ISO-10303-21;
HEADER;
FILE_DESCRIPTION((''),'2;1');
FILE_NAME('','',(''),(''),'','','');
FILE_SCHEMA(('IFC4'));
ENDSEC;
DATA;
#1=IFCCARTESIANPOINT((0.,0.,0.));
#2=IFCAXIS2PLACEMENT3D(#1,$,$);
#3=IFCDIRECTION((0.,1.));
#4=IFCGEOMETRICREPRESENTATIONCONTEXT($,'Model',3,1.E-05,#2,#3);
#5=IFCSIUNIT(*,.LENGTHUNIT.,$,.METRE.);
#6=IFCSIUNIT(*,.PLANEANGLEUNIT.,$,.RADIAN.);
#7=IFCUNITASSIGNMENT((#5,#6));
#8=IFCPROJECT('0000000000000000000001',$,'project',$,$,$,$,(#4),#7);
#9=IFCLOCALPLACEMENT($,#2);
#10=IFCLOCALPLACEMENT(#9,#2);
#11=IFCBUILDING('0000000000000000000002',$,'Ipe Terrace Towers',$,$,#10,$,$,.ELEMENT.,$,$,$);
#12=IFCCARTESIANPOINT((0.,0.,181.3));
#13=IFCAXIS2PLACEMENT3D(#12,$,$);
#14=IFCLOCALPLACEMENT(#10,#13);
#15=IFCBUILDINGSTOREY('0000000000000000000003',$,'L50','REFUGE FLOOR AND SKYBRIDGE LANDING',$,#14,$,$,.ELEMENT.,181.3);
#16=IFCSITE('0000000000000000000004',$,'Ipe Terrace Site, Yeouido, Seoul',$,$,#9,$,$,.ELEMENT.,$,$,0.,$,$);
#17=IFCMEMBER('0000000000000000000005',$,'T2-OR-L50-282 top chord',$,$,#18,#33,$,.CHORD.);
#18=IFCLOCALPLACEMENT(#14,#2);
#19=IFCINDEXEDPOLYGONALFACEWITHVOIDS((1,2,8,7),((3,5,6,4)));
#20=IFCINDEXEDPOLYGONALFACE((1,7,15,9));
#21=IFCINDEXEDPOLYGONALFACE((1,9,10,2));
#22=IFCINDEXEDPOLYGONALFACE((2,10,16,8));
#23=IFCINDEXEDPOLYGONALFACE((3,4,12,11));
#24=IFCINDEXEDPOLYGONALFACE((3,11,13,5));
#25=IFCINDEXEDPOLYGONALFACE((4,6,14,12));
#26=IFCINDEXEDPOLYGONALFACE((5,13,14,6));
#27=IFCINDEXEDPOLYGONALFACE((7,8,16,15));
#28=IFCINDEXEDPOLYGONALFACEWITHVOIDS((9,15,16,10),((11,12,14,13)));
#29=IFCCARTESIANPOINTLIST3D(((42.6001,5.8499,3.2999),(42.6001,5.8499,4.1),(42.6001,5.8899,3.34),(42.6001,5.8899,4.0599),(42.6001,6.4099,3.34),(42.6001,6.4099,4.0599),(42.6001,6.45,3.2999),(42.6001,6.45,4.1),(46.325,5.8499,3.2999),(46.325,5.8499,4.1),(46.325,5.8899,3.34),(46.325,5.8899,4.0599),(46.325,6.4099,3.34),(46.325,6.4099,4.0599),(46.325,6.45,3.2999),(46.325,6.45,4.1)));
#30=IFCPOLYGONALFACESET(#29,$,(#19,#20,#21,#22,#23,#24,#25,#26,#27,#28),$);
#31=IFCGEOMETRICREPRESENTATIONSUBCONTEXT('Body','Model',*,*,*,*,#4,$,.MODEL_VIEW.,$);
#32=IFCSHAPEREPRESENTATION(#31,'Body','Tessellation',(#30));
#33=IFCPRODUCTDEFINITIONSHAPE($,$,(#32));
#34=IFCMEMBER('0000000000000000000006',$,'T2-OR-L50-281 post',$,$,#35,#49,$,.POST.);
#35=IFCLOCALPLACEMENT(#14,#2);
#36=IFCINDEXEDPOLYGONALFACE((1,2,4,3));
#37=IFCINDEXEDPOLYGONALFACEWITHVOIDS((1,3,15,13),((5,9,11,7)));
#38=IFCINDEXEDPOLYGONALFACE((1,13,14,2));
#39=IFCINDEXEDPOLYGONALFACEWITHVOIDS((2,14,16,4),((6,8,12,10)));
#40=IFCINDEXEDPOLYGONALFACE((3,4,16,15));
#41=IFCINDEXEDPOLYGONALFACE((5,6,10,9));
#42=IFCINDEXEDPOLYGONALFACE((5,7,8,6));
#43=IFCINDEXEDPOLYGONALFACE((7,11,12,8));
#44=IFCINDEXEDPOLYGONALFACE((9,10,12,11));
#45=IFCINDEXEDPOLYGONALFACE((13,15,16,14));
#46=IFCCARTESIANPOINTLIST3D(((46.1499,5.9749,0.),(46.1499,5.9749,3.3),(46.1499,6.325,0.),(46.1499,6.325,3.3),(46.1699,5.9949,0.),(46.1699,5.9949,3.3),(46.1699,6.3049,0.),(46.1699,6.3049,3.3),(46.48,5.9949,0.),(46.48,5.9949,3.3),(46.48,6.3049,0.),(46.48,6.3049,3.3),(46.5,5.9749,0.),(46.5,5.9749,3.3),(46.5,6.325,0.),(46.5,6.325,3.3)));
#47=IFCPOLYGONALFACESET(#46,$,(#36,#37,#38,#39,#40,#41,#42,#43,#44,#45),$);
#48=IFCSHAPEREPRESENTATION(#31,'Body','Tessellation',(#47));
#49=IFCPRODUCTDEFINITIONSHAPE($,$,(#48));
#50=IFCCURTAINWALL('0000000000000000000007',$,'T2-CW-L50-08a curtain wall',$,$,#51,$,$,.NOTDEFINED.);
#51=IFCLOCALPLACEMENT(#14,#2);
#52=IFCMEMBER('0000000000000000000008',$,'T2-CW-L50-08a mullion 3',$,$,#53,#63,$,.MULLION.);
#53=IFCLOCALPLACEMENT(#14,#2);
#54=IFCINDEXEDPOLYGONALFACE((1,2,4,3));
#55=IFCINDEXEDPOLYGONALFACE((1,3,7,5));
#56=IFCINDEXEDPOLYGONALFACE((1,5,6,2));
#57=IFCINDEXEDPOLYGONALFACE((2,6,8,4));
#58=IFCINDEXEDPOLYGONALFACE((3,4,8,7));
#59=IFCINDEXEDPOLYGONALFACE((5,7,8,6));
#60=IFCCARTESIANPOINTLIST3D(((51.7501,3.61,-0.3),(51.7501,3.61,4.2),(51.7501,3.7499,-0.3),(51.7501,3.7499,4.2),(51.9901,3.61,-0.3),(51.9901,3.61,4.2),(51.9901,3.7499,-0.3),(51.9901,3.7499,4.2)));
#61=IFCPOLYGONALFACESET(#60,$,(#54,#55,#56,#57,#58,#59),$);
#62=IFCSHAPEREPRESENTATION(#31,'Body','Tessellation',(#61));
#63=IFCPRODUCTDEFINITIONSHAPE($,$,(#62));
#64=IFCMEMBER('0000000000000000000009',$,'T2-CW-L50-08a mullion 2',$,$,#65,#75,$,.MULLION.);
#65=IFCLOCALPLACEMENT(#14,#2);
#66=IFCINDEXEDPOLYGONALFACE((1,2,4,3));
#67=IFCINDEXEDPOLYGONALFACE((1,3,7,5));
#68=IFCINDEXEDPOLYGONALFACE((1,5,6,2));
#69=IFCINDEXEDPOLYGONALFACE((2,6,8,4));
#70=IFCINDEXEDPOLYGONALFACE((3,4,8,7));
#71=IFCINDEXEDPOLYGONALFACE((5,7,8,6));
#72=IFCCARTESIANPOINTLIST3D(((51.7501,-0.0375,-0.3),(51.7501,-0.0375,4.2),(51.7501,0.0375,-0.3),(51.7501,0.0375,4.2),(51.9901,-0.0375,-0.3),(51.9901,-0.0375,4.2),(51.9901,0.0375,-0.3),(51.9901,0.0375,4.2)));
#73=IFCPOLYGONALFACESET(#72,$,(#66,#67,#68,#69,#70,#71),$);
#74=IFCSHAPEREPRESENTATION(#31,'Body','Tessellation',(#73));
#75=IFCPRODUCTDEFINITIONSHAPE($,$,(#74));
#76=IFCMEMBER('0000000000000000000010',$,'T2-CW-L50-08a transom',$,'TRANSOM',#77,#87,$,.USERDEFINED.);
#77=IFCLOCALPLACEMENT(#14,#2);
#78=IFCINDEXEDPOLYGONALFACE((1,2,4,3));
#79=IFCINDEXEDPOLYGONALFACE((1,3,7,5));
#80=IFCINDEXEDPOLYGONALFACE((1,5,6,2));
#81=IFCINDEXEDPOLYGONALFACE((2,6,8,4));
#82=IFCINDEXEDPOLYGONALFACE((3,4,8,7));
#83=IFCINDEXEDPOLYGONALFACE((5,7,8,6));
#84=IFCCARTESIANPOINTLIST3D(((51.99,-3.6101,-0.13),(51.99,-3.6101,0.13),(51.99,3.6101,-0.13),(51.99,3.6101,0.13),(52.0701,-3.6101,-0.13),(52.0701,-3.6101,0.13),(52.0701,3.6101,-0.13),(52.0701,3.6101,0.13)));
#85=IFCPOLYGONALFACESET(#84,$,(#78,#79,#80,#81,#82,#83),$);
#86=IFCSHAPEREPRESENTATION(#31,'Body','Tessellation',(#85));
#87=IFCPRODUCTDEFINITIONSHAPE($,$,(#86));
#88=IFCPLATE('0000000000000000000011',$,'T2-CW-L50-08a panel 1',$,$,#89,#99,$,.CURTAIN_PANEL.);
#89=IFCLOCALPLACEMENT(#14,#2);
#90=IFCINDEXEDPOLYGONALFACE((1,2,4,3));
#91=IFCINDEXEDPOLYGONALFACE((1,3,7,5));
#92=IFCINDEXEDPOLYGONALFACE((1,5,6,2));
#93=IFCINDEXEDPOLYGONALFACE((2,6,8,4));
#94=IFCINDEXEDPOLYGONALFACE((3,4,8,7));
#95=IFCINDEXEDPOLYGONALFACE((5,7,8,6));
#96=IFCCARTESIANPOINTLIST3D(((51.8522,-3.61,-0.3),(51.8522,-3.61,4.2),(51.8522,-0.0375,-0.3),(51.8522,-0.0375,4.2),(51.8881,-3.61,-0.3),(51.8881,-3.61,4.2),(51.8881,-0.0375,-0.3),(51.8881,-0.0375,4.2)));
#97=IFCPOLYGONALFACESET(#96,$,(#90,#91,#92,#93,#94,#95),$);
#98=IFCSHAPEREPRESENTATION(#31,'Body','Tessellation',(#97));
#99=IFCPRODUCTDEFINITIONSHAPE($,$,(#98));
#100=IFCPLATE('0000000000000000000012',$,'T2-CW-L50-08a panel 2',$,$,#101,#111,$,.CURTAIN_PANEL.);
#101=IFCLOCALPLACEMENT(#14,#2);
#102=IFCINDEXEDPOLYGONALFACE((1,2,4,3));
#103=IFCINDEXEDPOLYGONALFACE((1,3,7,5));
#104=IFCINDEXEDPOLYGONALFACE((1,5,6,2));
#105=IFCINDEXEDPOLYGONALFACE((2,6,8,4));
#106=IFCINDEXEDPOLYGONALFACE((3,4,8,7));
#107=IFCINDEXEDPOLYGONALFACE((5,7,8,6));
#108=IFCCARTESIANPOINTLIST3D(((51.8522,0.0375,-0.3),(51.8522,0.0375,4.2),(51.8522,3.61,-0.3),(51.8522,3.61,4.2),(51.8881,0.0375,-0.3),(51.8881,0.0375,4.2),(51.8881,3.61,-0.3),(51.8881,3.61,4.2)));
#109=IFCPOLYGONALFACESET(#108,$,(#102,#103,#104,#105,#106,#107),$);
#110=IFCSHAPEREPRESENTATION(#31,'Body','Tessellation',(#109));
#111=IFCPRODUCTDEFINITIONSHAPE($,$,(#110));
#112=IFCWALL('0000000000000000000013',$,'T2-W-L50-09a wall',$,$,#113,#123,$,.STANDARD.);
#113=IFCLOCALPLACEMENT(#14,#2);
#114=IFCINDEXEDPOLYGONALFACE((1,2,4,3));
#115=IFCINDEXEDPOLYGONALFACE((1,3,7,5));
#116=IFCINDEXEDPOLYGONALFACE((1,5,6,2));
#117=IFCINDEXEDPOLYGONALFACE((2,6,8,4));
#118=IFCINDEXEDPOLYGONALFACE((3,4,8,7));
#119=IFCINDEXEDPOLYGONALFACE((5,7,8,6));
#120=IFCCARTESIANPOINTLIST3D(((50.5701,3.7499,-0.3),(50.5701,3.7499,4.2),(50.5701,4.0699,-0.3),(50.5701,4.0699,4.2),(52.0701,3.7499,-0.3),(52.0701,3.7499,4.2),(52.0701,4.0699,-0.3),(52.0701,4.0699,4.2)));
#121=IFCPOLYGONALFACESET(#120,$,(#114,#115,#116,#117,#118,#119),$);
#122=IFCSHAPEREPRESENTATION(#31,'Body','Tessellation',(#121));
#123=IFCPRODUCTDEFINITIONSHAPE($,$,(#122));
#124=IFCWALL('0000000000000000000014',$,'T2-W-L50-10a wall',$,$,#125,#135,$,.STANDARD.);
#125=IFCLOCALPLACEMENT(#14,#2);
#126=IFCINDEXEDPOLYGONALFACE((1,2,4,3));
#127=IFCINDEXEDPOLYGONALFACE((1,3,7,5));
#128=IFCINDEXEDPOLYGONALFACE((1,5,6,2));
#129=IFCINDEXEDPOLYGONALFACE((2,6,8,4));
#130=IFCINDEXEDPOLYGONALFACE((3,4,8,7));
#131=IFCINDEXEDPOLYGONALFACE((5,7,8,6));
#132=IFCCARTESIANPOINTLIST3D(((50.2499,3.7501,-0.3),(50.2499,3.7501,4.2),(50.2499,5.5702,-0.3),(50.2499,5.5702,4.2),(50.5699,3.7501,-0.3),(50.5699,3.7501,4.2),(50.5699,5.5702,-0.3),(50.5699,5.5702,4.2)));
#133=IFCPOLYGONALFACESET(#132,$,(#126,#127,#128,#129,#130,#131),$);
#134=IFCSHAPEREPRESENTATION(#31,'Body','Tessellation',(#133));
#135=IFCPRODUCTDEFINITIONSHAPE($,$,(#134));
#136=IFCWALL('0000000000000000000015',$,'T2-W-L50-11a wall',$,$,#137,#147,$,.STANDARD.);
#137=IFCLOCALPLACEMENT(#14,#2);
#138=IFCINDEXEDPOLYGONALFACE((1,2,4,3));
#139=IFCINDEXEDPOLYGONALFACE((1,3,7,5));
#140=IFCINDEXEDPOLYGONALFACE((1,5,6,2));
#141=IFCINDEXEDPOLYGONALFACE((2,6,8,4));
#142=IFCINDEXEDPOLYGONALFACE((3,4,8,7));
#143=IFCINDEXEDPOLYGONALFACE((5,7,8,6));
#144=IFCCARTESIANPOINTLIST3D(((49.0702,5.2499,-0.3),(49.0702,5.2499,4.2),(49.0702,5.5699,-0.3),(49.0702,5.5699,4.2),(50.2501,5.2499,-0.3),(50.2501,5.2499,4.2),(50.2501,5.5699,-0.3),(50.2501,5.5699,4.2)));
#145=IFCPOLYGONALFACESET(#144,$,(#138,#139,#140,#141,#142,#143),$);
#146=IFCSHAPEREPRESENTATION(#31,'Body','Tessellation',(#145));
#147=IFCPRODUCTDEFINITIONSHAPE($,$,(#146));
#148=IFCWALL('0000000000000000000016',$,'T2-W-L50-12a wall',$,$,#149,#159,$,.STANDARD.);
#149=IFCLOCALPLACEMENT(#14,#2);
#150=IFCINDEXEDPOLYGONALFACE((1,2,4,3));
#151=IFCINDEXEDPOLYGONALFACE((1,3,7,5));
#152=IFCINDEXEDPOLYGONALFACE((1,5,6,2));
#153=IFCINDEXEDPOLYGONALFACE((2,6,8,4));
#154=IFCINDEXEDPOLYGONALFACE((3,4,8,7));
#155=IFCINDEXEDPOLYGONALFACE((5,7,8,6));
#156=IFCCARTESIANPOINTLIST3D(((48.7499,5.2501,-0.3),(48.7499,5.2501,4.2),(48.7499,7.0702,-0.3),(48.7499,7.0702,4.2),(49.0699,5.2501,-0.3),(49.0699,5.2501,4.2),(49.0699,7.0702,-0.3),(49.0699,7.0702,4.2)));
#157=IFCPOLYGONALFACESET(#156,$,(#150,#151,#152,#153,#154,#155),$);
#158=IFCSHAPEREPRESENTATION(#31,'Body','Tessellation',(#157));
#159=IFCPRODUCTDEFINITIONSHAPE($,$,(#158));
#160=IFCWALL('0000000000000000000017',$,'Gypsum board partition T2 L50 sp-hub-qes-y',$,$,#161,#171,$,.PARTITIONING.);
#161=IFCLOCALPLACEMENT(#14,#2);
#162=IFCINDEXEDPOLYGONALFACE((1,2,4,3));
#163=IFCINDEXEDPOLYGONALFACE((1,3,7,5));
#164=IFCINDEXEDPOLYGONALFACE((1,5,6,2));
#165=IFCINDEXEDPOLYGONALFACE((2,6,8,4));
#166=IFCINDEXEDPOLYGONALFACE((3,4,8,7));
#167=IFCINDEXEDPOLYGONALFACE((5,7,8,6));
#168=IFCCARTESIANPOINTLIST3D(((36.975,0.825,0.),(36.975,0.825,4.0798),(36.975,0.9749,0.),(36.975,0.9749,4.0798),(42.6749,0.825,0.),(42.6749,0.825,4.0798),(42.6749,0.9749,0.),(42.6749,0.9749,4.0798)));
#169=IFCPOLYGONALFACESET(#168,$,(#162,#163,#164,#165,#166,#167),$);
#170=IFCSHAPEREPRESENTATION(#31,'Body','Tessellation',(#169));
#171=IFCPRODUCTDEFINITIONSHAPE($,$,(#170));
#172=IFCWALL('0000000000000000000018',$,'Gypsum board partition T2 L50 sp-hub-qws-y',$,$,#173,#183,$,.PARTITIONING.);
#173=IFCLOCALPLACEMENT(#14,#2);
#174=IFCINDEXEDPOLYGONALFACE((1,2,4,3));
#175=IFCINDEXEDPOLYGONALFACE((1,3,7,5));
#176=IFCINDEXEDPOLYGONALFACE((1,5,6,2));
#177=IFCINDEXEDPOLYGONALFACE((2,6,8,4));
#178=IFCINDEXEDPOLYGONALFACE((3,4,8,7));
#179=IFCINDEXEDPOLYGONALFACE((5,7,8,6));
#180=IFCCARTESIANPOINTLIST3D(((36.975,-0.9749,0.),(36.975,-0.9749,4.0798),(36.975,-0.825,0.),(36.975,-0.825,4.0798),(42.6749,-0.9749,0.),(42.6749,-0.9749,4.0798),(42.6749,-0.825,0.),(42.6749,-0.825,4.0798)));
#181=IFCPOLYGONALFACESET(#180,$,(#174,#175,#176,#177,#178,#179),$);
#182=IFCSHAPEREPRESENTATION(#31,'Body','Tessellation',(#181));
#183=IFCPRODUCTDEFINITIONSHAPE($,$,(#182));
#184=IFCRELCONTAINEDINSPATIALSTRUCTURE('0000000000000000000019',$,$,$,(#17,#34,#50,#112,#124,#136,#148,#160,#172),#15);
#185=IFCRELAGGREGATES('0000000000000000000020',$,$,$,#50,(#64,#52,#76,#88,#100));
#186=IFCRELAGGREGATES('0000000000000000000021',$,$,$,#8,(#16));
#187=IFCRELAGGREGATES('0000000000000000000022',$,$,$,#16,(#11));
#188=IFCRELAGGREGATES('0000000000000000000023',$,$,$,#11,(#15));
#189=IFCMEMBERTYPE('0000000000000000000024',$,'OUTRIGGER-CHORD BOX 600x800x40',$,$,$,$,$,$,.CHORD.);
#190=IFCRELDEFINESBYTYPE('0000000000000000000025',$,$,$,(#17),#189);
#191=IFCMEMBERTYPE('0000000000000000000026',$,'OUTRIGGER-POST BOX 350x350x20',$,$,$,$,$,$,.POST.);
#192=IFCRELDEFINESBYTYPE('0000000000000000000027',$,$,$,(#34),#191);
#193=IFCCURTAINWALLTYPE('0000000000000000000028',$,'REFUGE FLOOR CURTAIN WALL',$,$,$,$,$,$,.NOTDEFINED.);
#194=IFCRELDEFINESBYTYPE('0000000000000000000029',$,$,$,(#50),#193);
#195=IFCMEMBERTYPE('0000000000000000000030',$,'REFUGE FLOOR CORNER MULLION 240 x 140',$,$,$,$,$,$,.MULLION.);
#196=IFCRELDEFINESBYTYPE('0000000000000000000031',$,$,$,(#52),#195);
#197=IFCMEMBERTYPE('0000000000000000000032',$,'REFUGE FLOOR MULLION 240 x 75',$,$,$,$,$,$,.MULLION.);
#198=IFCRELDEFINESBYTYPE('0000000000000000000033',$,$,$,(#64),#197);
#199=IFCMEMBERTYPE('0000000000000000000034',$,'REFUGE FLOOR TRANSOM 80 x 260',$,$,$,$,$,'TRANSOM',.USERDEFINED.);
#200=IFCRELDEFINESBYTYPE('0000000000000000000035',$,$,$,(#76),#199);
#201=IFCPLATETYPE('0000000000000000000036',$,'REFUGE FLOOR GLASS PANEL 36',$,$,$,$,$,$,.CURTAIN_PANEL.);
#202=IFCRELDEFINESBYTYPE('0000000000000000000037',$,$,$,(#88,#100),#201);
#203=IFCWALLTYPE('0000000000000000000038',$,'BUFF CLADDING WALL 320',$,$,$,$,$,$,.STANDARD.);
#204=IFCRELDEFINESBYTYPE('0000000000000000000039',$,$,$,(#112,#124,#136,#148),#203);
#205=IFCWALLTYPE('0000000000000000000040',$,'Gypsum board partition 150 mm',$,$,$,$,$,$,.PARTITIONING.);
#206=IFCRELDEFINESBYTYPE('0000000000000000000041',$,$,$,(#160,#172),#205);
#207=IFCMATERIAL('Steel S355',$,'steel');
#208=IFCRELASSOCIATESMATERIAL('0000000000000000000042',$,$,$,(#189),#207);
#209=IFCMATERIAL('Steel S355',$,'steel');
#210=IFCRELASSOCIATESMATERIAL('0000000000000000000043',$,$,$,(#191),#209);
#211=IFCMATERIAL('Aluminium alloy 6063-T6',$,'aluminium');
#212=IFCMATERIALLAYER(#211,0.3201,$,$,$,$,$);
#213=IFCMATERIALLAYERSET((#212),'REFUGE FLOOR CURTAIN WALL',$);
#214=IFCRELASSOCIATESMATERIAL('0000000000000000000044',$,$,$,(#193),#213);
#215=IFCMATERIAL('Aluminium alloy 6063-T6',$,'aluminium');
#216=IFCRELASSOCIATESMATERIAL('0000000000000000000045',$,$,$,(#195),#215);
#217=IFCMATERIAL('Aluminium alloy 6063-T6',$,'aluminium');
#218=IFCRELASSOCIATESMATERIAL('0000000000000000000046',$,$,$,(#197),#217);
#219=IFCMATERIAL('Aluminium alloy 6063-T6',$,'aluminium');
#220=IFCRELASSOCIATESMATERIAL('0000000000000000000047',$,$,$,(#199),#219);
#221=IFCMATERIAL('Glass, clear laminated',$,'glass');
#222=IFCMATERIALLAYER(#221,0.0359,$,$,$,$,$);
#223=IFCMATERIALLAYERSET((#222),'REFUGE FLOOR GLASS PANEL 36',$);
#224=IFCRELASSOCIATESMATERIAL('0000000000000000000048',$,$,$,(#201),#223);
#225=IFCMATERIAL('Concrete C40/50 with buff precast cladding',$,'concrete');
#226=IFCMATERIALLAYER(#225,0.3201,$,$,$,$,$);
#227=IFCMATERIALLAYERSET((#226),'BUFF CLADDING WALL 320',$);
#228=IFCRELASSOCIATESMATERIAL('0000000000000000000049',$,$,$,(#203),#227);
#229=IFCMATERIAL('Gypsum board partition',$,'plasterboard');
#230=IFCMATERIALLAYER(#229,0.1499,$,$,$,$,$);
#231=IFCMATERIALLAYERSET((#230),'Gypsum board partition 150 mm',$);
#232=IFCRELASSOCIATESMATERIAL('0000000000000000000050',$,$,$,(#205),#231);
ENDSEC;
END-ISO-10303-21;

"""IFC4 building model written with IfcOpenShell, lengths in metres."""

from ifc_helpers import new_model, si_unit, direction, frame, frame_2d, origin, origin_2d, place, context, subcontext, project, spatial, rectangle, hollow_rectangle, extrude, material, layer, layer_set, material_profile, profile_set, type_object, element, aggregate, save


model = new_model("IFC4")

# Units and contexts
model_context = context("Model", 3, precision=1e-05, world=origin(), true_north=direction((0.0, 1.0)))
body_context = subcontext(model_context, "Body", "Model", "MODEL_VIEW")
ifc_project = project(units=[si_unit("LENGTHUNIT", "METRE"), si_unit("PLANEANGLEUNIT", "RADIAN")], contexts=[model_context])

# Site, building, storey
site_placement = place(None, origin())
site = spatial("IfcSite", under=ifc_project, at=site_placement, Name="Ipe Terrace Site, Yeouido, Seoul", CompositionType="ELEMENT", RefElevation=0.0)
building_placement = place(site_placement, origin())
building = spatial("IfcBuilding", under=site, at=building_placement, Name="Ipe Terrace Towers", CompositionType="ELEMENT")
storey_placement = place(building_placement, frame((0.0, 0.0, 181.3)))
storey = spatial("IfcBuildingStorey", under=building, at=storey_placement, Name="L50", Description="REFUGE FLOOR AND SKYBRIDGE LANDING", CompositionType="ELEMENT", Elevation=181.3)

# Members
ifc_material_1 = material(Name="Steel S355", Category="steel")
ifc_material_profile_1 = material_profile(ifc_material_1, hollow_rectangle(XDim=0.6001, YDim=0.8, WallThickness=0.04, at=origin_2d()), Name="OUTRIGGER-CHORD BOX 600x800x40")
ifc_profile_set_1 = profile_set([ifc_material_profile_1], Name="Steel S355")
member_type_1 = type_object("IfcMemberType", Name="OUTRIGGER-CHORD BOX 600x800x40", PredefinedType="CHORD", material=ifc_profile_set_1)
member_1_placement = place(storey_placement, frame((42.6001, 6.1499, 3.7), z_axis=(1.0, 0.0, 0.0), x_axis=(0.0, 1.0, 0.0)))
element("IfcMember", 1, at=member_1_placement, inside=storey, type_object=member_type_1, Name="T2-OR-L50-282 top chord", PredefinedType="CHORD", context=body_context, shape_type="SweptSolid", body=[
    extrude(hollow_rectangle(XDim=0.6001, YDim=0.8, WallThickness=0.04, at=origin_2d()), origin(), (0.0, 0.0, 1.0), 3.7249),
])
ifc_material_2 = material(Name="Steel S355", Category="steel")
ifc_material_profile_2 = material_profile(ifc_material_2, hollow_rectangle(XDim=0.3501, YDim=0.3501, WallThickness=0.02, at=origin_2d()), Name="OUTRIGGER-POST BOX 350x350x20")
ifc_profile_set_2 = profile_set([ifc_material_profile_2], Name="Steel S355")
member_type_2 = type_object("IfcMemberType", Name="OUTRIGGER-POST BOX 350x350x20", PredefinedType="POST", material=ifc_profile_set_2)
member_2_placement = place(storey_placement, frame((46.325, 6.1499, 0.0), z_axis=(0.0, 0.0, 1.0), x_axis=(1.0, 0.0, 0.0)))
element("IfcMember", 2, at=member_2_placement, inside=storey, type_object=member_type_2, Name="T2-OR-L50-281 post", PredefinedType="POST", context=body_context, shape_type="SweptSolid", body=[
    extrude(hollow_rectangle(XDim=0.3501, YDim=0.3501, WallThickness=0.02, at=origin_2d()), origin(), (0.0, 0.0, 1.0), 3.3),
])

# Curtain wall, members, plates
ifc_material_3 = material(Name="Aluminium alloy 6063-T6", Category="aluminium")
ifc_layer_1 = layer(ifc_material_3, 0.3201)
ifc_layer_set_1 = layer_set([ifc_layer_1], Name="REFUGE FLOOR CURTAIN WALL")
curtain_wall_type = type_object("IfcCurtainWallType", Name="REFUGE FLOOR CURTAIN WALL", PredefinedType="NOTDEFINED", material=ifc_layer_set_1)
curtain_wall_placement = place(storey_placement, origin())
curtain_wall = element("IfcCurtainWall", 3, at=curtain_wall_placement, inside=storey, type_object=curtain_wall_type, Name="T2-CW-L50-08a curtain wall", PredefinedType="NOTDEFINED")
ifc_material_4 = material(Name="Aluminium alloy 6063-T6", Category="aluminium")
ifc_material_profile_3 = material_profile(ifc_material_4, rectangle(XDim=0.24, YDim=0.1399, at=origin_2d()), Name="REFUGE FLOOR CORNER MULLION 240 x 140")
ifc_profile_set_3 = profile_set([ifc_material_profile_3], Name="Aluminium alloy 6063-T6")
member_type_3 = type_object("IfcMemberType", Name="REFUGE FLOOR CORNER MULLION 240 x 140", PredefinedType="MULLION", material=ifc_profile_set_3)
member_3_placement = place(storey_placement, frame((51.8701, 3.6799, -0.3), z_axis=(0.0, 0.0, 1.0), x_axis=(1.0, 0.0, 0.0)))
member_3 = element("IfcMember", 4, at=member_3_placement, type_object=member_type_3, Name="T2-CW-L50-08a mullion 3", PredefinedType="MULLION", context=body_context, shape_type="SweptSolid", body=[
    extrude(rectangle(XDim=0.24, YDim=0.1399, at=origin_2d()), origin(), (0.0, 0.0, 1.0), 4.5),
])
ifc_material_5 = material(Name="Aluminium alloy 6063-T6", Category="aluminium")
ifc_material_profile_4 = material_profile(ifc_material_5, rectangle(XDim=0.24, YDim=0.075, at=origin_2d()), Name="REFUGE FLOOR MULLION 240 x 75")
ifc_profile_set_4 = profile_set([ifc_material_profile_4], Name="Aluminium alloy 6063-T6")
member_type_4 = type_object("IfcMemberType", Name="REFUGE FLOOR MULLION 240 x 75", PredefinedType="MULLION", material=ifc_profile_set_4)
member_4_placement = place(storey_placement, frame((51.8701, 0.0, -0.3), z_axis=(0.0, 0.0, 1.0), x_axis=(1.0, 0.0, 0.0)))
member_4 = element("IfcMember", 5, at=member_4_placement, type_object=member_type_4, Name="T2-CW-L50-08a mullion 2", PredefinedType="MULLION", context=body_context, shape_type="SweptSolid", body=[
    extrude(rectangle(XDim=0.24, YDim=0.075, at=origin_2d()), origin(), (0.0, 0.0, 1.0), 4.5),
])
ifc_material_6 = material(Name="Aluminium alloy 6063-T6", Category="aluminium")
ifc_material_profile_5 = material_profile(ifc_material_6, rectangle(XDim=0.0801, YDim=0.26, at=origin_2d()), Name="REFUGE FLOOR TRANSOM 80 x 260")
ifc_profile_set_5 = profile_set([ifc_material_profile_5], Name="Aluminium alloy 6063-T6")
member_type_5 = type_object("IfcMemberType", Name="REFUGE FLOOR TRANSOM 80 x 260", ElementType="TRANSOM", PredefinedType="USERDEFINED", material=ifc_profile_set_5)
member_5_placement = place(storey_placement, frame((52.03, -3.6101, 0.0), z_axis=(0.0, 1.0, 0.0), x_axis=(1.0, 0.0, 0.0)))
member_5 = element("IfcMember", 6, at=member_5_placement, type_object=member_type_5, Name="T2-CW-L50-08a transom", ObjectType="TRANSOM", PredefinedType="USERDEFINED", context=body_context, shape_type="SweptSolid", body=[
    extrude(rectangle(XDim=0.0801, YDim=0.26, at=origin_2d()), origin(), (0.0, 0.0, 1.0), 7.2202),
])
ifc_material_7 = material(Name="Glass, clear laminated", Category="glass")
ifc_layer_2 = layer(ifc_material_7, 0.0359)
ifc_layer_set_2 = layer_set([ifc_layer_2], Name="REFUGE FLOOR GLASS PANEL 36")
plate_type = type_object("IfcPlateType", Name="REFUGE FLOOR GLASS PANEL 36", PredefinedType="CURTAIN_PANEL", material=ifc_layer_set_2)
plate_1_placement = place(storey_placement, frame((51.8701, -1.8237, -0.3), z_axis=(0.0, 0.0, 1.0), x_axis=(0.0, 1.0, 0.0)))
plate_1 = element("IfcPlate", 7, at=plate_1_placement, type_object=plate_type, Name="T2-CW-L50-08a panel 1", PredefinedType="CURTAIN_PANEL", context=body_context, shape_type="SweptSolid", body=[
    extrude(rectangle(XDim=3.5725, YDim=0.0359, at=origin_2d()), origin(), (0.0, 0.0, 1.0), 4.5),
])
plate_2_placement = place(storey_placement, frame((51.8701, 1.8237, -0.3), z_axis=(0.0, 0.0, 1.0), x_axis=(0.0, 1.0, 0.0)))
plate_2 = element("IfcPlate", 8, at=plate_2_placement, type_object=plate_type, Name="T2-CW-L50-08a panel 2", PredefinedType="CURTAIN_PANEL", context=body_context, shape_type="SweptSolid", body=[
    extrude(rectangle(XDim=3.5725, YDim=0.0359, at=origin_2d()), origin(), (0.0, 0.0, 1.0), 4.5),
])
aggregate(curtain_wall, [member_4, member_3, member_5, plate_1, plate_2])

# Walls
ifc_material_8 = material(Name="Concrete C40/50 with buff precast cladding", Category="concrete")
ifc_layer_3 = layer(ifc_material_8, 0.3201)
ifc_layer_set_3 = layer_set([ifc_layer_3], Name="BUFF CLADDING WALL 320")
wall_type_1 = type_object("IfcWallType", Name="BUFF CLADDING WALL 320", PredefinedType="STANDARD", material=ifc_layer_set_3)
wall_1_placement = place(storey_placement, frame((52.0701, 3.9099, -0.3), z_axis=(0.0, 0.0, 1.0), x_axis=(-1.0, 0.0, 0.0)))
element("IfcWall", 9, at=wall_1_placement, inside=storey, type_object=wall_type_1, Name="T2-W-L50-09a wall", PredefinedType="STANDARD", context=body_context, shape_type="SweptSolid", body=[
    extrude(rectangle(XDim=1.5, YDim=0.3201, at=frame_2d((0.75, 0.0))), origin(), (0.0, 0.0, 1.0), 4.5),
])
wall_2_placement = place(storey_placement, frame((50.4099, 3.75, -0.3), z_axis=(0.0, 0.0, 1.0), x_axis=(0.0, 1.0, 0.0)))
element("IfcWall", 10, at=wall_2_placement, inside=storey, type_object=wall_type_1, Name="T2-W-L50-10a wall", PredefinedType="STANDARD", context=body_context, shape_type="SweptSolid", body=[
    extrude(rectangle(XDim=1.8201, YDim=0.3201, at=frame_2d((0.9102, 0.0))), origin(), (0.0, 0.0, 1.0), 4.5),
])
wall_3_placement = place(storey_placement, frame((50.25, 5.4099, -0.3), z_axis=(0.0, 0.0, 1.0), x_axis=(-1.0, 0.0, 0.0)))
element("IfcWall", 11, at=wall_3_placement, inside=storey, type_object=wall_type_1, Name="T2-W-L50-11a wall", PredefinedType="STANDARD", context=body_context, shape_type="SweptSolid", body=[
    extrude(rectangle(XDim=1.1799, YDim=0.3201, at=frame_2d((0.5898, 0.0))), origin(), (0.0, 0.0, 1.0), 4.5),
])
wall_4_placement = place(storey_placement, frame((48.9099, 5.25, -0.3), z_axis=(0.0, 0.0, 1.0), x_axis=(0.0, 1.0, 0.0)))
element("IfcWall", 12, at=wall_4_placement, inside=storey, type_object=wall_type_1, Name="T2-W-L50-12a wall", PredefinedType="STANDARD", context=body_context, shape_type="SweptSolid", body=[
    extrude(rectangle(XDim=1.8201, YDim=0.3201, at=frame_2d((0.9102, 0.0))), origin(), (0.0, 0.0, 1.0), 4.5),
])
ifc_material_9 = material(Name="Gypsum board partition", Category="plasterboard")
ifc_layer_4 = layer(ifc_material_9, 0.1499)
ifc_layer_set_4 = layer_set([ifc_layer_4], Name="Gypsum board partition 150 mm")
wall_type_2 = type_object("IfcWallType", Name="Gypsum board partition 150 mm", PredefinedType="PARTITIONING", material=ifc_layer_set_4)
for number, where, z_axis, x_axis, name in (
    (13, (42.675, 0.8999, 0.0), (0.0, 0.0, 1.0), (-1.0, 0.0, 0.0), "Gypsum board partition T2 L50 sp-hub-qes-y"),
    (14, (42.675, -0.8999, 0.0), (0.0, 0.0, 1.0), (-1.0, 0.0, 0.0), "Gypsum board partition T2 L50 sp-hub-qws-y"),
):
    element("IfcWall", number, at=place(storey_placement, frame(where, z_axis=z_axis, x_axis=x_axis)), inside=storey, type_object=wall_type_2, Name=name, PredefinedType="PARTITIONING", context=body_context, shape_type="SweptSolid", body=[
        extrude(rectangle(XDim=5.7, YDim=0.1499, at=frame_2d((2.8501, 0.0))), origin(), (0.0, 0.0, 1.0), 4.0798),
    ])

save(model, "model.ifc")
